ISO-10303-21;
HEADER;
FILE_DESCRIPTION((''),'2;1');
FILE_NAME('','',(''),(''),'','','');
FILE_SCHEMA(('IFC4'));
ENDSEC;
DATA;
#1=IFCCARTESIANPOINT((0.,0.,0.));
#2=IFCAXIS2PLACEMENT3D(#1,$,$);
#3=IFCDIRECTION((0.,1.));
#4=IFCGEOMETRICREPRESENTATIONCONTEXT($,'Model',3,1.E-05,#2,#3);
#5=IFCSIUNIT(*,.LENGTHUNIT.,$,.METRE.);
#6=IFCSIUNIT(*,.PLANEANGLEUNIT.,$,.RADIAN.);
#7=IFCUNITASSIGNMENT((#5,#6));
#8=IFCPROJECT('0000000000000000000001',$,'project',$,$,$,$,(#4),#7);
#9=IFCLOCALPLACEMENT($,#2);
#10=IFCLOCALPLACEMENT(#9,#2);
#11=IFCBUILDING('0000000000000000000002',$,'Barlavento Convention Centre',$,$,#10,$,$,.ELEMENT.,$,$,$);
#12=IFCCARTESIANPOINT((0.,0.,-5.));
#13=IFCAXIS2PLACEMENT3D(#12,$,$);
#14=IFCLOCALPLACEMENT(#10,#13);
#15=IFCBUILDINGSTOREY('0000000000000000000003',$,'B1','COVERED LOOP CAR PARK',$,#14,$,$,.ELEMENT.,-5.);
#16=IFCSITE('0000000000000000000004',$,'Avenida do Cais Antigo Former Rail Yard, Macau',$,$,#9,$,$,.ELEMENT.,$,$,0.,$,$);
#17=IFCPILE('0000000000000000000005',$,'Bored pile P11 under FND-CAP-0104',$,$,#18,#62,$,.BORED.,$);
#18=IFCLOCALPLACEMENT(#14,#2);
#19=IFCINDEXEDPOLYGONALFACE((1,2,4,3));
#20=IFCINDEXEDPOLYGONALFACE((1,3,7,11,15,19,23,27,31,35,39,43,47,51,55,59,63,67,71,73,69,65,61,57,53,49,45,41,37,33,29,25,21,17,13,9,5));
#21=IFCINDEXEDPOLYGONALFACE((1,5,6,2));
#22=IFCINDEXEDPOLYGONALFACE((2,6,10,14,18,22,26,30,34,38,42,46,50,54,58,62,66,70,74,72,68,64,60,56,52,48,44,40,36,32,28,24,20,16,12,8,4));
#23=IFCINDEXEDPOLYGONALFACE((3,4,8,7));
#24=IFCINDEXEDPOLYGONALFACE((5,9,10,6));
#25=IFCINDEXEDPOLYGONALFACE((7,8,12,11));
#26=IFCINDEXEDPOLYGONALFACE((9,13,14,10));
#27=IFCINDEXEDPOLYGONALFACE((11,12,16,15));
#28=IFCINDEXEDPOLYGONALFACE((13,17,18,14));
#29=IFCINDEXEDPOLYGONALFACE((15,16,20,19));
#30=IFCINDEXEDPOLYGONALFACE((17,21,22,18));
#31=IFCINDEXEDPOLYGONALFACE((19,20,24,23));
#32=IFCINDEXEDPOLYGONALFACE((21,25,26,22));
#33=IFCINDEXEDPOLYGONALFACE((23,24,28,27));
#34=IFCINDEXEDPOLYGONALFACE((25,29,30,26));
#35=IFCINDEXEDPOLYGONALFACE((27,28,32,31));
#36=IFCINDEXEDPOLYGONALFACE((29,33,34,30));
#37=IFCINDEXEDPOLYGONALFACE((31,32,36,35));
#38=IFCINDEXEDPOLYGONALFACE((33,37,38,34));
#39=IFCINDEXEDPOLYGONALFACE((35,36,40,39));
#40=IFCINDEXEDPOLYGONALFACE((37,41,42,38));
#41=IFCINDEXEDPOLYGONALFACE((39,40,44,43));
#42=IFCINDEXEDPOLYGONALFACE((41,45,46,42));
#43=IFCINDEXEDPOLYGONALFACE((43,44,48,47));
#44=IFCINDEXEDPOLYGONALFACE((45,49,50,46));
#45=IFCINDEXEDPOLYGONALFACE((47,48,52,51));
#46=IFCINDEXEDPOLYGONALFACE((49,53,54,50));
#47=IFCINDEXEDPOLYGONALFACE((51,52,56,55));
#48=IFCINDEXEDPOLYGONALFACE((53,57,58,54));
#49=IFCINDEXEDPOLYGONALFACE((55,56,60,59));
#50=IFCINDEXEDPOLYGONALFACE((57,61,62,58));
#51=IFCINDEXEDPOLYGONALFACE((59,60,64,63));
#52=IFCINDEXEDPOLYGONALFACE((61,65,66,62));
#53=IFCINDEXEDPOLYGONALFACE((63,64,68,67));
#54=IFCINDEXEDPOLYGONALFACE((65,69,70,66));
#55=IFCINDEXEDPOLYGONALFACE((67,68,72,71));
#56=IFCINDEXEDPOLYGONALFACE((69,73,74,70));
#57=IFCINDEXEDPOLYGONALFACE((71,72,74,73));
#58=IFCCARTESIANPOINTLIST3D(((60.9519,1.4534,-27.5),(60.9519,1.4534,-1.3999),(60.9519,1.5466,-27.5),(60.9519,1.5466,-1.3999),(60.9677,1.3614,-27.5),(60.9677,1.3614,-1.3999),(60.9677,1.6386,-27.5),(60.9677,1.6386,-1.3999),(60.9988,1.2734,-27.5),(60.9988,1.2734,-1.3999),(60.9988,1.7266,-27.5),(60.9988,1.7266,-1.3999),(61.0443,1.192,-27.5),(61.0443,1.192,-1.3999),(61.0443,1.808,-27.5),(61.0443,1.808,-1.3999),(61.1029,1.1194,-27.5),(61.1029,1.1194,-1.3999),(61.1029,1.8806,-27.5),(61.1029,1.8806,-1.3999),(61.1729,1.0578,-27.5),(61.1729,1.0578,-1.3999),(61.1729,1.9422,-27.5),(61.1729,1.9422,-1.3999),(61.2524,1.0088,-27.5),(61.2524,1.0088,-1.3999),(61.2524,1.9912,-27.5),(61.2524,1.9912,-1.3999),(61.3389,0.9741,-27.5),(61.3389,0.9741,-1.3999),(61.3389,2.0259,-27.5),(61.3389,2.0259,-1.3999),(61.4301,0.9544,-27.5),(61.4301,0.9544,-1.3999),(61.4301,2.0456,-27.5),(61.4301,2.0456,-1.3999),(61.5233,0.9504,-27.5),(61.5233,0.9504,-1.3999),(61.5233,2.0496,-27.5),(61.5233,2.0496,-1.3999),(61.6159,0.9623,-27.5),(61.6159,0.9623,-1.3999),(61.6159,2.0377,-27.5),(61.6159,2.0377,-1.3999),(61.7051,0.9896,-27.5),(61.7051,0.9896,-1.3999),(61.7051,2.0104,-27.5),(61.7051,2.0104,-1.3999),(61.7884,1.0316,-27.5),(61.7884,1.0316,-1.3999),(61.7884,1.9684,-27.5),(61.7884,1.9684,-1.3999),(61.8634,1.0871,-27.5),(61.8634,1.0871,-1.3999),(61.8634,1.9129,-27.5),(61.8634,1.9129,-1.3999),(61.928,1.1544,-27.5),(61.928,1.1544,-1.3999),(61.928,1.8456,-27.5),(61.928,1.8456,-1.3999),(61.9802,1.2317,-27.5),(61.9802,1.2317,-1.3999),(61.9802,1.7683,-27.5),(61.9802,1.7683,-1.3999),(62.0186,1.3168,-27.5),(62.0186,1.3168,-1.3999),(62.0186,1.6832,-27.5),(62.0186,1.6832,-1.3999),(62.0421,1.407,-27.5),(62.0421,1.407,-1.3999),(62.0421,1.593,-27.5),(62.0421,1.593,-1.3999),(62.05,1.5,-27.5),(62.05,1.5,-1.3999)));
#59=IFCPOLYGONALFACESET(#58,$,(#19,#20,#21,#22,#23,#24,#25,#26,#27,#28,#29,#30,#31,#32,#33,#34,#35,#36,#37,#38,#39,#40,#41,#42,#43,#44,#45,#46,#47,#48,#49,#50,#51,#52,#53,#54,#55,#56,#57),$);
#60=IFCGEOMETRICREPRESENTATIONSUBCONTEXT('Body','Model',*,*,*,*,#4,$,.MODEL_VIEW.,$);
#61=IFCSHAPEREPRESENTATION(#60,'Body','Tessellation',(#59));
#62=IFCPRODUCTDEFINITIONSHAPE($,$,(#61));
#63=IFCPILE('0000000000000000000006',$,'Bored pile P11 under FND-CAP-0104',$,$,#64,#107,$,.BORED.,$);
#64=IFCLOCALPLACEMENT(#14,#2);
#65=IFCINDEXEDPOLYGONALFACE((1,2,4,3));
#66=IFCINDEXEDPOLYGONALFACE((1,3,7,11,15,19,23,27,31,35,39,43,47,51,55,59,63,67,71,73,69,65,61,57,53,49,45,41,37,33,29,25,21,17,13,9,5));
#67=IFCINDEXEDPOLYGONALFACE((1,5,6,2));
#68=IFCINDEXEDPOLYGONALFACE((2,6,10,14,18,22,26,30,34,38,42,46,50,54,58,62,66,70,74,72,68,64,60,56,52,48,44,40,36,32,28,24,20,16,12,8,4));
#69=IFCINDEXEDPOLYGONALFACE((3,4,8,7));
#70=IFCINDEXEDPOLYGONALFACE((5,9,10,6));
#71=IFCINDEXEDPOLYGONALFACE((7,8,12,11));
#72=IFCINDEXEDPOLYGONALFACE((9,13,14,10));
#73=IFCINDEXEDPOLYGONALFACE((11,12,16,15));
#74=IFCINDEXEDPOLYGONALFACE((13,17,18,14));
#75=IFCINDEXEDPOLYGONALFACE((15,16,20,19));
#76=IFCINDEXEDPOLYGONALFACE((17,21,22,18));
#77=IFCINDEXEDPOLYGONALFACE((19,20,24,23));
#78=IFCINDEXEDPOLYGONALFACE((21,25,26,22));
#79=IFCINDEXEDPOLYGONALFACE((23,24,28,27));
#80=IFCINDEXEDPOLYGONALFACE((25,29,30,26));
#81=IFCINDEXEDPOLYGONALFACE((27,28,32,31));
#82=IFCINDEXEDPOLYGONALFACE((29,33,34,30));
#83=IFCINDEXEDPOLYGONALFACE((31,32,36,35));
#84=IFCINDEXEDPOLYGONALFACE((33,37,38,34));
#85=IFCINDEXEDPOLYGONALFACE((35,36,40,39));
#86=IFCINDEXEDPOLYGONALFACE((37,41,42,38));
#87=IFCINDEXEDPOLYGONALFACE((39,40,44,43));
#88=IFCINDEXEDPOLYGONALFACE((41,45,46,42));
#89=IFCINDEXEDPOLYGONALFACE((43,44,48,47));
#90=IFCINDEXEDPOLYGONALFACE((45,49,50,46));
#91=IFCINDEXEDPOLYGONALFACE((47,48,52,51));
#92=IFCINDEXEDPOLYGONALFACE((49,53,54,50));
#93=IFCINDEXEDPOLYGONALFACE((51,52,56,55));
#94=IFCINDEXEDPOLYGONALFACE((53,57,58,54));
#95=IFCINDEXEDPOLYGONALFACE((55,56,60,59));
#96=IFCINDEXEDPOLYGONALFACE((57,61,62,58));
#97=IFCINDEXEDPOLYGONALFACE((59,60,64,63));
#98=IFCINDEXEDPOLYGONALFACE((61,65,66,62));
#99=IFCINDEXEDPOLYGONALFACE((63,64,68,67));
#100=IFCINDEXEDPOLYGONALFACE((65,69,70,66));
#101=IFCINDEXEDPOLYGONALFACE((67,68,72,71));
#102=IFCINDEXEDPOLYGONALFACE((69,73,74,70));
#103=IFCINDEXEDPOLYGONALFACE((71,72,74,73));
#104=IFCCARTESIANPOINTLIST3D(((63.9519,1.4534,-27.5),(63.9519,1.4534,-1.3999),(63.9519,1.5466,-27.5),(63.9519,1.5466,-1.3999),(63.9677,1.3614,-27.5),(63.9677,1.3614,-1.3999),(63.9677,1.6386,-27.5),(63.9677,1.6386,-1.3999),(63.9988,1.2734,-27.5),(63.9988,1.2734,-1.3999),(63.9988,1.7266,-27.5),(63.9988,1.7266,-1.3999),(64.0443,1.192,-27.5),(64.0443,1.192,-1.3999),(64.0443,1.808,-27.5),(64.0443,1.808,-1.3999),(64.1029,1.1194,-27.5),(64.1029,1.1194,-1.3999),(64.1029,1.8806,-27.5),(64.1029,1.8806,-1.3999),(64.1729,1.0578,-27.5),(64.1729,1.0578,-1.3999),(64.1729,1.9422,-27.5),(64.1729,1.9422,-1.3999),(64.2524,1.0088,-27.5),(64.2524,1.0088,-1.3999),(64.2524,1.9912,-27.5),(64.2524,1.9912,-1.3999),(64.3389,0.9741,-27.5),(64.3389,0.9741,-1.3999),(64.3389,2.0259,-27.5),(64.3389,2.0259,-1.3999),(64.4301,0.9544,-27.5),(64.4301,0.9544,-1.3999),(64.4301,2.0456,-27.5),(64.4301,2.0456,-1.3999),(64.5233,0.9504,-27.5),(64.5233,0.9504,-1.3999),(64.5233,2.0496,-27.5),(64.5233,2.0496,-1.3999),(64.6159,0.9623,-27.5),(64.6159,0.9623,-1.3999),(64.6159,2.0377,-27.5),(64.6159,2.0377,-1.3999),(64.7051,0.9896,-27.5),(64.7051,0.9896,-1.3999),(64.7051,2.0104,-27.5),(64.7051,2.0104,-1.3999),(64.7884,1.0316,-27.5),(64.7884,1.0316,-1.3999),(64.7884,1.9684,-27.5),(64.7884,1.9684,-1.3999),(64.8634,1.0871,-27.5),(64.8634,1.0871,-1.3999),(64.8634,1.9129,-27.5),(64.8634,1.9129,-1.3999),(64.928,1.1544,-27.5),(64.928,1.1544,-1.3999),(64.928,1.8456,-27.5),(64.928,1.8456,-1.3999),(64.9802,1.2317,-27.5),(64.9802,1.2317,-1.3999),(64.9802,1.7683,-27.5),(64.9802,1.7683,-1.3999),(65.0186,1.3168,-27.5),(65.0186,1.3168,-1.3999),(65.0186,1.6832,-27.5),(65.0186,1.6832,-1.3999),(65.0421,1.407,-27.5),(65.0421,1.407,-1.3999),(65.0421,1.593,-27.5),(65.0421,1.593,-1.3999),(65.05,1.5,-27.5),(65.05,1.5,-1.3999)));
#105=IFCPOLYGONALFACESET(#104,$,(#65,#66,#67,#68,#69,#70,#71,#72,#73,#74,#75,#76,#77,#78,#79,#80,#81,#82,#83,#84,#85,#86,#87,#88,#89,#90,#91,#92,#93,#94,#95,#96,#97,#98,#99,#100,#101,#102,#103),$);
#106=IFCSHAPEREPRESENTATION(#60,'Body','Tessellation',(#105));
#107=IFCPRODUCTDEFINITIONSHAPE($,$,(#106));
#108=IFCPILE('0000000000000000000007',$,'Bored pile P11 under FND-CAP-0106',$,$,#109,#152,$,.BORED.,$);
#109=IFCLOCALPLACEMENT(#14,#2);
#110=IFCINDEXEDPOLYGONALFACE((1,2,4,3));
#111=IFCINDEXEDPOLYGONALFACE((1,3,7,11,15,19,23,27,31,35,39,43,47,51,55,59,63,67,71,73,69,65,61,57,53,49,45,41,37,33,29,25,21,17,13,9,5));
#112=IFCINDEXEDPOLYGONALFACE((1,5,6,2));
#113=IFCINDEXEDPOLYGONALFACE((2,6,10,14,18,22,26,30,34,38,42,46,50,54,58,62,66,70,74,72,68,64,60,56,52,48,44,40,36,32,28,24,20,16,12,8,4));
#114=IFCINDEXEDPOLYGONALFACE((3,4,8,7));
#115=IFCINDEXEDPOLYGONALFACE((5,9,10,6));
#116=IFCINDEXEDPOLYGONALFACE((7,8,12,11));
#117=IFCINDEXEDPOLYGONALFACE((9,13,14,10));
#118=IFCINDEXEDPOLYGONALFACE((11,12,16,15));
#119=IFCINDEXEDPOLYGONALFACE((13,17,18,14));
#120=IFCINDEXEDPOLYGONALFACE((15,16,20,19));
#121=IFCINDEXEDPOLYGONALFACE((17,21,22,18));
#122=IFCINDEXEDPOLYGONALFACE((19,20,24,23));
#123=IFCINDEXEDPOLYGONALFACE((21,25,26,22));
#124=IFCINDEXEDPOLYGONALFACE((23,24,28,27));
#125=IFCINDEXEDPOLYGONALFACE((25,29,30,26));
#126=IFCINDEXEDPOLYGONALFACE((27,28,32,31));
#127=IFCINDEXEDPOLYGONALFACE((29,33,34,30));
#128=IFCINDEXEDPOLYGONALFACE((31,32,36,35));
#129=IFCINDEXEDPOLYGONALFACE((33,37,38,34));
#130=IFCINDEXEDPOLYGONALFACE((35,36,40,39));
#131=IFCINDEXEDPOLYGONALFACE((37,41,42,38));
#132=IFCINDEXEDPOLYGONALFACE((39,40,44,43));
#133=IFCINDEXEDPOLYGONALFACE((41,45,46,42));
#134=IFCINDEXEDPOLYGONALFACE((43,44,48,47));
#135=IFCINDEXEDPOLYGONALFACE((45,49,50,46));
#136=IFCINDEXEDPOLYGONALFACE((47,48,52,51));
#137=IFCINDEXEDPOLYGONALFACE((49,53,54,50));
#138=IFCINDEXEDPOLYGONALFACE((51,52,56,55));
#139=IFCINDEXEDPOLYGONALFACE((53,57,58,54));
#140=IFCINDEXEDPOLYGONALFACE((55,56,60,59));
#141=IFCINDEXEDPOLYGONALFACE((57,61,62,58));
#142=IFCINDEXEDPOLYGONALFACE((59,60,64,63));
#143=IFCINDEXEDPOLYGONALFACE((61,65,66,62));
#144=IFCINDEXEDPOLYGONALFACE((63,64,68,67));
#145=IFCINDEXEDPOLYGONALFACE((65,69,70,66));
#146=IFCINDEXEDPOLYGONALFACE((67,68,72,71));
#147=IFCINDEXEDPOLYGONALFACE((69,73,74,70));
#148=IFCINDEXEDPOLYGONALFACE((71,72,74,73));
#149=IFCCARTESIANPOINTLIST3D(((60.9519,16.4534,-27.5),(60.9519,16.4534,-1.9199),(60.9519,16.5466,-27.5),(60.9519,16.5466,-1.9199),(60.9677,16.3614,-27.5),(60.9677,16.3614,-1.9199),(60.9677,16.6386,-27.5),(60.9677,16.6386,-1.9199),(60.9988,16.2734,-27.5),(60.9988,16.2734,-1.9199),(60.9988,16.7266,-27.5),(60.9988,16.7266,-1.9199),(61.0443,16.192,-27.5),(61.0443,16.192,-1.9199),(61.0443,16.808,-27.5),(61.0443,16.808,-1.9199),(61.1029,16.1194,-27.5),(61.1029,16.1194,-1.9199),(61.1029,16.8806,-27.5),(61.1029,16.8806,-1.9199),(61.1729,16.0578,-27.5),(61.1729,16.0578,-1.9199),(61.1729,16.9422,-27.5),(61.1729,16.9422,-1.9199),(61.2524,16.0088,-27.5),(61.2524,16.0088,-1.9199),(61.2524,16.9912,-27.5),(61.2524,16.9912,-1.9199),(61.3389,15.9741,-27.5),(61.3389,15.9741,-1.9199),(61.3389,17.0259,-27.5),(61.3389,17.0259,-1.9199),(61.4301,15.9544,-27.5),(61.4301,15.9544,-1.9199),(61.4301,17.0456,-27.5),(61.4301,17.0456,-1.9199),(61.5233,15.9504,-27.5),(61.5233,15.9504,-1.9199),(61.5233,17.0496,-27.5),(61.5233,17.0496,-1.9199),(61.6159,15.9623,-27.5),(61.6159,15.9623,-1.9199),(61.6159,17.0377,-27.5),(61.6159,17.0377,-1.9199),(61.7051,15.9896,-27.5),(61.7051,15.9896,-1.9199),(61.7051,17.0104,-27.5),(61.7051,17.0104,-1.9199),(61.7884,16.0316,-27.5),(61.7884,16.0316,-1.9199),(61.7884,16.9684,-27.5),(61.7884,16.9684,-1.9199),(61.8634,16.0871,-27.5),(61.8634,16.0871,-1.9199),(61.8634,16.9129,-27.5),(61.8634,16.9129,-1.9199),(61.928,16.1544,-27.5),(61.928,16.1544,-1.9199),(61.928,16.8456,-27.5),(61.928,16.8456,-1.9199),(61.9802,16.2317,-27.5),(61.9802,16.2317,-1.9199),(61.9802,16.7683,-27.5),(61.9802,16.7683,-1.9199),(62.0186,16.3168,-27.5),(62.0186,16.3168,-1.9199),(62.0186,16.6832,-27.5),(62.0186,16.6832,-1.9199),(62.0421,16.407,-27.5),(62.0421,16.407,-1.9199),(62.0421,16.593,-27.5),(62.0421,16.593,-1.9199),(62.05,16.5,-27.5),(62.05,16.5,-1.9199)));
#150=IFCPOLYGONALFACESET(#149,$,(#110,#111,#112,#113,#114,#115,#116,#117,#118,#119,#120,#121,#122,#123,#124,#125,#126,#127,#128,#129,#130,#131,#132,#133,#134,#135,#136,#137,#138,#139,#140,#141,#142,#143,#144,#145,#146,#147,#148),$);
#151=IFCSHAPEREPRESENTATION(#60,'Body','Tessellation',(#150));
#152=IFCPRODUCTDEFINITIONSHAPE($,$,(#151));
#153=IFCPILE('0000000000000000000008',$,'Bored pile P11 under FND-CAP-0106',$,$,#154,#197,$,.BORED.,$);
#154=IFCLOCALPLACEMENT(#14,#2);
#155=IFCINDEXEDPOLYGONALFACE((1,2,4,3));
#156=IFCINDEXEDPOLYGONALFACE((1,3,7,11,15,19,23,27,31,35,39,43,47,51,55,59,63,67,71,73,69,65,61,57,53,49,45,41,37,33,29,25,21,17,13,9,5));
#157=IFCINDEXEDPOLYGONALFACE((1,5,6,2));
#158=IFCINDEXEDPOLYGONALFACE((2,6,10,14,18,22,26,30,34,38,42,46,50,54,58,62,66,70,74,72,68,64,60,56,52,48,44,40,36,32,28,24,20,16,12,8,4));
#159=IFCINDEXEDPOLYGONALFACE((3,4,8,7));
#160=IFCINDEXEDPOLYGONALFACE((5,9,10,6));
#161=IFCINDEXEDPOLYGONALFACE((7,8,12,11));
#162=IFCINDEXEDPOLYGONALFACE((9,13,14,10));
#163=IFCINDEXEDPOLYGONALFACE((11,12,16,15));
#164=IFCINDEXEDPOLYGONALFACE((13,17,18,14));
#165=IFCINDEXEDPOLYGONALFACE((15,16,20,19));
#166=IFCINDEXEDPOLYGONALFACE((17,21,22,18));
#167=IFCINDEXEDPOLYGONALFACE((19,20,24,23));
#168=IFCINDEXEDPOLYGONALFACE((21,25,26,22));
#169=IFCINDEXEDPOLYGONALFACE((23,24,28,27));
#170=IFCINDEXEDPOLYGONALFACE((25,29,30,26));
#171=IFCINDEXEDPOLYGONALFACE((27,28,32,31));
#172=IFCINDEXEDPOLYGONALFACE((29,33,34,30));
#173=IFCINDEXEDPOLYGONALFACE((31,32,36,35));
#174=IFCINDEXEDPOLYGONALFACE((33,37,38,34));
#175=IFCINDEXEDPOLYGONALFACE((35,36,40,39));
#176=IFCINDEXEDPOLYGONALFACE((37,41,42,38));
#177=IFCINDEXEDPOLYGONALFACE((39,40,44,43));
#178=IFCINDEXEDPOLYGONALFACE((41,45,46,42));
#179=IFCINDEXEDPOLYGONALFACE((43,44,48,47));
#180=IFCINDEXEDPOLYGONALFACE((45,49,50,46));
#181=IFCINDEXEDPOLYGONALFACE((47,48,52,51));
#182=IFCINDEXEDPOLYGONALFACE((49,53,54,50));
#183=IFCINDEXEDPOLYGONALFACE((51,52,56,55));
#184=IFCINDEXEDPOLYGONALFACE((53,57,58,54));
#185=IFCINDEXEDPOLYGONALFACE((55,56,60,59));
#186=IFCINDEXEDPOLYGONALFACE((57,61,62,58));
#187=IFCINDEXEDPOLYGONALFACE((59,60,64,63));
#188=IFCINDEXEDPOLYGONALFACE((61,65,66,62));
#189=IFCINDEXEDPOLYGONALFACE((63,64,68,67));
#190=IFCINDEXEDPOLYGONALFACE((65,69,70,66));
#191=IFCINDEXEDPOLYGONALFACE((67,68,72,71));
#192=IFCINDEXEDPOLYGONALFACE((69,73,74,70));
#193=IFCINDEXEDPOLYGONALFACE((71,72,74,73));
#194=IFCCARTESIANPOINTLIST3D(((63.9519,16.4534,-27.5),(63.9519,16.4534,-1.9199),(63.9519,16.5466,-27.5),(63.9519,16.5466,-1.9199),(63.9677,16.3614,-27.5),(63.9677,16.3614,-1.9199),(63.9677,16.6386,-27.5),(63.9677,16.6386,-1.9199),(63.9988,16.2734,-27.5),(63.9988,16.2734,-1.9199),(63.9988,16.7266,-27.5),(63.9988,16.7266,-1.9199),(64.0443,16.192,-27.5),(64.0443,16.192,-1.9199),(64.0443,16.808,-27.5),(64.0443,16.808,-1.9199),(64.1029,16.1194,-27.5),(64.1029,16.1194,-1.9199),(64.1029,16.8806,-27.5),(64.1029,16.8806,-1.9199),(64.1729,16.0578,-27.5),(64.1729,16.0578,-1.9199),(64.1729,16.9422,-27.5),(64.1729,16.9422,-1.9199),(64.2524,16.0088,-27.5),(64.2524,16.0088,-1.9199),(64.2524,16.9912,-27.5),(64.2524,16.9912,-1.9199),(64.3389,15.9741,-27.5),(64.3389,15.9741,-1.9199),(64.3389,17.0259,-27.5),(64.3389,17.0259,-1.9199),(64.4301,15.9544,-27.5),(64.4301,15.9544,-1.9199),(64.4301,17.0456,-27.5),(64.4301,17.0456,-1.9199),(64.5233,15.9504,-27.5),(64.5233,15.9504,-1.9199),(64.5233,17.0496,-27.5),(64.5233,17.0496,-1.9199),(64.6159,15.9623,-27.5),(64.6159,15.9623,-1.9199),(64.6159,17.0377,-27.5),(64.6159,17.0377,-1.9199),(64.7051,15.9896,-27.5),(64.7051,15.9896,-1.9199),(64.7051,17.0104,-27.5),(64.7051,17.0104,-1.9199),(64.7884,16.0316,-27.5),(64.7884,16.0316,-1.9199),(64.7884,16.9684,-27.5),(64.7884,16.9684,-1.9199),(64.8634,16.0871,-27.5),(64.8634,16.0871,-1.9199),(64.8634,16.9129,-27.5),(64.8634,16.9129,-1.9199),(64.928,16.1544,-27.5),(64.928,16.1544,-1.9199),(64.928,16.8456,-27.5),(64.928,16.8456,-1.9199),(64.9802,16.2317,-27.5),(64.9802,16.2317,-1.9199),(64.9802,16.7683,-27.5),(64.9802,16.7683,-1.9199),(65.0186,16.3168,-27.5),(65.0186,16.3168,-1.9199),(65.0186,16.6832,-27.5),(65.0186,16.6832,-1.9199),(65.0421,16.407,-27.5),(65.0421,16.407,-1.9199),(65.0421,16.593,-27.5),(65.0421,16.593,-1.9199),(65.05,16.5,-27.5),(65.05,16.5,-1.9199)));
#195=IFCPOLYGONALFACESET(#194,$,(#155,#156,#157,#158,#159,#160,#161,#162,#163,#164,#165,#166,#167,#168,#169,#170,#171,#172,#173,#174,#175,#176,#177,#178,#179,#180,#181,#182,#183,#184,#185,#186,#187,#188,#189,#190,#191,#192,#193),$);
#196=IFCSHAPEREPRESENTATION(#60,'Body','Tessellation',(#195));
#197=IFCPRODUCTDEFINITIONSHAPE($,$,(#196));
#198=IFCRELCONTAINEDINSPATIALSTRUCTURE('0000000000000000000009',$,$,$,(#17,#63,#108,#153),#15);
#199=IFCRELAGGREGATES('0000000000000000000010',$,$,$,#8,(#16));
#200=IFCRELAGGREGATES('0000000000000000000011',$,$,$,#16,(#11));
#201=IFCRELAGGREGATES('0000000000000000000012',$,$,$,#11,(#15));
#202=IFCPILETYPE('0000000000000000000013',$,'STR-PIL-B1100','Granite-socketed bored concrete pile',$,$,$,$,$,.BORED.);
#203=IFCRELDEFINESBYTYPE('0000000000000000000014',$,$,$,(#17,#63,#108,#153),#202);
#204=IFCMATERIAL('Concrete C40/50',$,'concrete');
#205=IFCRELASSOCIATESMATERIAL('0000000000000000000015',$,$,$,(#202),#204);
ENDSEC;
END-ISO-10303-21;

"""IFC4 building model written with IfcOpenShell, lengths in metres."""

from ifc_helpers import new_model, si_unit, direction, frame, origin, origin_2d, place, context, subcontext, project, spatial, circle, extrude, material, material_profile, profile_set, type_object, element, save


model = new_model("IFC4")

# Units and contexts
model_context = context("Model", 3, precision=1e-05, world=origin(), true_north=direction((0.0, 1.0)))
body_context = subcontext(model_context, "Body", "Model", "MODEL_VIEW")
ifc_project = project(units=[si_unit("LENGTHUNIT", "METRE"), si_unit("PLANEANGLEUNIT", "RADIAN")], contexts=[model_context])

# Site, building, storey
site_placement = place(None, origin())
site = spatial("IfcSite", under=ifc_project, at=site_placement, Name="Avenida do Cais Antigo Former Rail Yard, Macau", CompositionType="ELEMENT", RefElevation=0.0)
building_placement = place(site_placement, origin())
building = spatial("IfcBuilding", under=site, at=building_placement, Name="Barlavento Convention Centre", CompositionType="ELEMENT")
storey_placement = place(building_placement, frame((0.0, 0.0, -5.0)))
storey = spatial("IfcBuildingStorey", under=building, at=storey_placement, Name="B1", Description="COVERED LOOP CAR PARK", CompositionType="ELEMENT", Elevation=-5.0)

# Shared definitions
ifc_material_1 = material(Name="Concrete C40/50", Category="concrete")

# Piles
ifc_material_profile_1 = material_profile(ifc_material_1, circle(Radius=0.55, at=origin_2d()), Name="BORED PILE 1100")
ifc_profile_set_1 = profile_set([ifc_material_profile_1], Name="Concrete C40/50")
pile_type_1 = type_object("IfcPileType", Name="STR-PIL-B1100", Description="Granite-socketed bored concrete pile", PredefinedType="BORED", material=ifc_profile_set_1)
for number, where, z_axis, x_axis, name in (
    (1, (61.5, 1.5, -1.3999), (0.0, 0.0, -1.0), (1.0, 0.0, 0.0), "Bored pile P11 under FND-CAP-0104"),
    (2, (64.5, 1.5, -1.3999), (0.0, 0.0, -1.0), (1.0, 0.0, 0.0), "Bored pile P11 under FND-CAP-0104"),
):
    element("IfcPile", number, at=place(storey_placement, frame(where, z_axis=z_axis, x_axis=x_axis)), inside=storey, type_object=pile_type_1, Name=name, PredefinedType="BORED", context=body_context, shape_type="SweptSolid", body=[
        extrude(circle(Radius=0.55, at=origin_2d()), origin(), (0.0, 0.0, 1.0), 26.1001),
    ])
for number, where, z_axis, x_axis, name in (
    (3, (61.5, 16.5, -1.9199), (0.0, 0.0, -1.0), (1.0, 0.0, 0.0), "Bored pile P11 under FND-CAP-0106"),
    (4, (64.5, 16.5, -1.9199), (0.0, 0.0, -1.0), (1.0, 0.0, 0.0), "Bored pile P11 under FND-CAP-0106"),
):
    element("IfcPile", number, at=place(storey_placement, frame(where, z_axis=z_axis, x_axis=x_axis)), inside=storey, type_object=pile_type_1, Name=name, PredefinedType="BORED", context=body_context, shape_type="SweptSolid", body=[
        extrude(circle(Radius=0.55, at=origin_2d()), origin(), (0.0, 0.0, 1.0), 25.5801),
    ])

save(model, "model.ifc")
